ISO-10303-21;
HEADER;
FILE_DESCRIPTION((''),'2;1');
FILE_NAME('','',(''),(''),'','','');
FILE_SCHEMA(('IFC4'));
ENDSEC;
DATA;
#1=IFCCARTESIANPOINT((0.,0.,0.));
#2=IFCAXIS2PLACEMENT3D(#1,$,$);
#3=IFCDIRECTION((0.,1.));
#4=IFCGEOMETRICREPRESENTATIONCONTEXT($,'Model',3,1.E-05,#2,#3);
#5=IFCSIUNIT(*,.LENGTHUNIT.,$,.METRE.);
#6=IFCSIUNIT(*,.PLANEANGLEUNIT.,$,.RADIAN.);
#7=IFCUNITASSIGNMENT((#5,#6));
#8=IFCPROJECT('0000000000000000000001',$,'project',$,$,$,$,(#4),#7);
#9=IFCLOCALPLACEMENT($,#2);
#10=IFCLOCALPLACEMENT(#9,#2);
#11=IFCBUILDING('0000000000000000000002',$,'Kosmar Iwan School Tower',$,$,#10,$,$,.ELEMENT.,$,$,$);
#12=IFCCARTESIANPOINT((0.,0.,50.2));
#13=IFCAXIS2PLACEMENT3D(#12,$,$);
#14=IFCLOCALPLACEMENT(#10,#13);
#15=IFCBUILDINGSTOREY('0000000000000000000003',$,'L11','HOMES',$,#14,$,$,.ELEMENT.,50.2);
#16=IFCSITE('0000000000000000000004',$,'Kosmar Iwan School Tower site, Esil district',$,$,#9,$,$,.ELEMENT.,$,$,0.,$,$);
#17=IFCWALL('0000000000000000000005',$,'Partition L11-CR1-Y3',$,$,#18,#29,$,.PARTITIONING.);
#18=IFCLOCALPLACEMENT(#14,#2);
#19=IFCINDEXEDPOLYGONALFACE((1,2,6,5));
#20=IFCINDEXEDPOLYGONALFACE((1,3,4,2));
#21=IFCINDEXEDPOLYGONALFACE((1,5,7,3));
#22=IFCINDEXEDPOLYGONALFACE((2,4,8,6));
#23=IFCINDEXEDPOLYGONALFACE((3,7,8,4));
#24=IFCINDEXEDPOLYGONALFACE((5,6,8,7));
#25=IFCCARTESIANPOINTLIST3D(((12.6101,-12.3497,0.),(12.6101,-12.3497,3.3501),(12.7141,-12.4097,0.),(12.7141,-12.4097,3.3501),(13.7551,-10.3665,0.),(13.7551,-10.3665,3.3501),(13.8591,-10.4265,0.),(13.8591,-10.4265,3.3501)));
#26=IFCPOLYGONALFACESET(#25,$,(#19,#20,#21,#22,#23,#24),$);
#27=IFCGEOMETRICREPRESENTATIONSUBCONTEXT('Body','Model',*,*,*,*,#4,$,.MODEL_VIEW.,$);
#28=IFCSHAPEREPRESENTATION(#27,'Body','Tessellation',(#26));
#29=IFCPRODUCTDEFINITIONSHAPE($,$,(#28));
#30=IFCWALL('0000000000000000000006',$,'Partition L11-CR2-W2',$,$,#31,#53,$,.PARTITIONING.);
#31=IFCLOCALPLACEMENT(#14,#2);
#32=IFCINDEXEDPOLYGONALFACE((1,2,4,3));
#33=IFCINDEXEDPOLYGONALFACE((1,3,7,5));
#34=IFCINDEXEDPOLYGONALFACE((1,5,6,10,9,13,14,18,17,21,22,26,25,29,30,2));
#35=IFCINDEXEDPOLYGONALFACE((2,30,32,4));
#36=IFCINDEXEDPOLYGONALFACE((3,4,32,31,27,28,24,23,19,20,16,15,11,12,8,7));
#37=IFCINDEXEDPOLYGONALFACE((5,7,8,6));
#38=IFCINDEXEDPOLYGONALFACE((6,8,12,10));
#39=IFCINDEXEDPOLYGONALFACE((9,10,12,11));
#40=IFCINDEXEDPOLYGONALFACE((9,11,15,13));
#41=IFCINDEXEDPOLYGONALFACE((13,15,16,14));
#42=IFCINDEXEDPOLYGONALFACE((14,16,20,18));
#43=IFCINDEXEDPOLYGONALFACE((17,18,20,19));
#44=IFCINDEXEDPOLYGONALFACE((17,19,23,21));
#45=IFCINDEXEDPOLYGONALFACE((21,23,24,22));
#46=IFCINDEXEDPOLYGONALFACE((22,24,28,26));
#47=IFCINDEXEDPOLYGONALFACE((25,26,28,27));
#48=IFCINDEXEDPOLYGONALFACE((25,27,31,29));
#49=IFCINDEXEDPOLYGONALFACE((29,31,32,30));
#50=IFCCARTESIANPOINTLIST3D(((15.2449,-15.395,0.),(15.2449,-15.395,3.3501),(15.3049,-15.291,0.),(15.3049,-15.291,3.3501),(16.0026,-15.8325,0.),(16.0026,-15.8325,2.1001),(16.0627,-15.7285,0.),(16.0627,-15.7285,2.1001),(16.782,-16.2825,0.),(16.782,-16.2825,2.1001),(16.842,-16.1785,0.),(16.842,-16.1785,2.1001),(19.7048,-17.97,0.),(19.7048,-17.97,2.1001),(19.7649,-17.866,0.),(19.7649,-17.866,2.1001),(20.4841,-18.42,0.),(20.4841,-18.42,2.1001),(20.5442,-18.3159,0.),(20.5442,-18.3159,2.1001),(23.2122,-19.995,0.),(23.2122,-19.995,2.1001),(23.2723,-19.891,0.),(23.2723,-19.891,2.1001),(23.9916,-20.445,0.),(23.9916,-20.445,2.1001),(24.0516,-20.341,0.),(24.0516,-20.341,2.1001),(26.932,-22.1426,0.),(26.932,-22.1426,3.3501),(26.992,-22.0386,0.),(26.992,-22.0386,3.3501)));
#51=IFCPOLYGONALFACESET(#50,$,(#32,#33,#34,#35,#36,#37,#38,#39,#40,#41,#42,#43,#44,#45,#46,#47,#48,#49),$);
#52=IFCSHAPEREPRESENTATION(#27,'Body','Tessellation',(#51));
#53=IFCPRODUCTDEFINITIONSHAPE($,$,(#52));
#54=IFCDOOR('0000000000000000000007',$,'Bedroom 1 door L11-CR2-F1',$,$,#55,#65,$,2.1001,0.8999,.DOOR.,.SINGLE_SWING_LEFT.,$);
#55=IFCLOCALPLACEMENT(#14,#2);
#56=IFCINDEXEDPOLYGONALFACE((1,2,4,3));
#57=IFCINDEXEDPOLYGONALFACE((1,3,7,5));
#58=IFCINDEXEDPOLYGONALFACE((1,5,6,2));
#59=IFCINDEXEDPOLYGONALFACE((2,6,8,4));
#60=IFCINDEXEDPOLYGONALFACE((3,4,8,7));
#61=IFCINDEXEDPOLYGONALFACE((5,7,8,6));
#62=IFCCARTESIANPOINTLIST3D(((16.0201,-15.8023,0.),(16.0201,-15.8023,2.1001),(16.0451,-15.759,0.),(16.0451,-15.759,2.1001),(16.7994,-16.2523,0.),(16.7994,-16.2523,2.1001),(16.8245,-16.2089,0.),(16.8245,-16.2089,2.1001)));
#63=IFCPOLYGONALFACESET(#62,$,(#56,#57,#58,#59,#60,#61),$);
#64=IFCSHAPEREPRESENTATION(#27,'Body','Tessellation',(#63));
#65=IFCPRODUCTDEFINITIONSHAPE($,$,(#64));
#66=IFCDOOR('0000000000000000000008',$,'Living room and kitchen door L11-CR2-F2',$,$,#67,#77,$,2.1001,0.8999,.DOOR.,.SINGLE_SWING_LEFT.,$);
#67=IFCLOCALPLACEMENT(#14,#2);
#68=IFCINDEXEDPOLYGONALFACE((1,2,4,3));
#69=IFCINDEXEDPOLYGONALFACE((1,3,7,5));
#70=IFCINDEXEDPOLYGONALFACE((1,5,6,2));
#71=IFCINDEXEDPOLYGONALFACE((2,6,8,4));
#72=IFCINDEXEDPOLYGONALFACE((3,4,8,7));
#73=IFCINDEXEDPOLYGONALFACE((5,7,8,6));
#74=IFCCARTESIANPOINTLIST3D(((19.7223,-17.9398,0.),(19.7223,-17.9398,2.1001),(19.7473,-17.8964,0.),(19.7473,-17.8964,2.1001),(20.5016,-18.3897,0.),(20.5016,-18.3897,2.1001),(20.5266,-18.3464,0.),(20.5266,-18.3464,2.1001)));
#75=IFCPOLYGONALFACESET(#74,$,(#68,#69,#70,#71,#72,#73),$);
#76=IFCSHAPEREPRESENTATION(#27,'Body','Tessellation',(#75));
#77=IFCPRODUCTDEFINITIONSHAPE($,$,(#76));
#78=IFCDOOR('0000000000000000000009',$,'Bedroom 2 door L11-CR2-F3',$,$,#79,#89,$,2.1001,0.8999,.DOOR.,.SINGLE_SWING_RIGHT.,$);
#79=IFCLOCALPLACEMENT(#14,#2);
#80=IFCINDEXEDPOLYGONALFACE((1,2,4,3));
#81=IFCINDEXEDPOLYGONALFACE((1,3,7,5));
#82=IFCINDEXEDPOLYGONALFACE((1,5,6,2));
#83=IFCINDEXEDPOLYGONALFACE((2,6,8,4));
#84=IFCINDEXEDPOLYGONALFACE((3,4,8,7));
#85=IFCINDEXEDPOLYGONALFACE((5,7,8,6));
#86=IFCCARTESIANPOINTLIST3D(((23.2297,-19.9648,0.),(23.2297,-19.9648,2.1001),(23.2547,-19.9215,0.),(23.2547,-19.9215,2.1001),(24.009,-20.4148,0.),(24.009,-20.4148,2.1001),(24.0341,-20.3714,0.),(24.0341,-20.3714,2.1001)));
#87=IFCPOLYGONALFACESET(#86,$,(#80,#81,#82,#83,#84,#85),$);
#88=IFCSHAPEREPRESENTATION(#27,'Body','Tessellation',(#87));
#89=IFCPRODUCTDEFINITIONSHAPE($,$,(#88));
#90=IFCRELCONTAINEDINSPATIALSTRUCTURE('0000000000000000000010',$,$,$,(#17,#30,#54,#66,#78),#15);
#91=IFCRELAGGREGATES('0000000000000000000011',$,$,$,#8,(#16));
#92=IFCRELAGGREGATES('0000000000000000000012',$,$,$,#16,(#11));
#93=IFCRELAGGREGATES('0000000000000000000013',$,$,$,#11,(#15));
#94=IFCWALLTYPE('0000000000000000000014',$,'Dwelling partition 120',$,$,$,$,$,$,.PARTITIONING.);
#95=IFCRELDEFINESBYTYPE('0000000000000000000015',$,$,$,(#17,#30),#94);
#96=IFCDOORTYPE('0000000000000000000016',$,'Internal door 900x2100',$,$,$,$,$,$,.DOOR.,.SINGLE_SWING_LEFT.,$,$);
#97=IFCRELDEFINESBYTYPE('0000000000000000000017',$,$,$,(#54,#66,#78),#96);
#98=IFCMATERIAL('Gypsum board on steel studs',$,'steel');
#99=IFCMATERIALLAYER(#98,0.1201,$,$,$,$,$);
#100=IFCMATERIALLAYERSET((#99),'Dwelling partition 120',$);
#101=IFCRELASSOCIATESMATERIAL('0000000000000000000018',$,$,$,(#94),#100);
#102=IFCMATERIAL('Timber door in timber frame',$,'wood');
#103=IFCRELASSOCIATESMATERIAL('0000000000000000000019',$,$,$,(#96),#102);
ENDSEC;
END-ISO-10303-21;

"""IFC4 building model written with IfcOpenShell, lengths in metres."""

from ifc_helpers import new_model, si_unit, direction, frame, frame_2d, origin, place, context, subcontext, project, spatial, rectangle, extrude, material, layer, layer_set, type_object, element, fill, save


model = new_model("IFC4")

# Units and contexts
model_context = context("Model", 3, precision=1e-05, world=origin(), true_north=direction((0.0, 1.0)))
body_context = subcontext(model_context, "Body", "Model", "MODEL_VIEW")
ifc_project = project(units=[si_unit("LENGTHUNIT", "METRE"), si_unit("PLANEANGLEUNIT", "RADIAN")], contexts=[model_context])

# Site, building, storey
site_placement = place(None, origin())
site = spatial("IfcSite", under=ifc_project, at=site_placement, Name="Kosmar Iwan School Tower site, Esil district", CompositionType="ELEMENT", RefElevation=0.0)
building_placement = place(site_placement, origin())
building = spatial("IfcBuilding", under=site, at=building_placement, Name="Kosmar Iwan School Tower", CompositionType="ELEMENT")
storey_placement = place(building_placement, frame((0.0, 0.0, 50.2)))
storey = spatial("IfcBuildingStorey", under=building, at=storey_placement, Name="L11", Description="HOMES", CompositionType="ELEMENT", Elevation=50.2)

# Wall
ifc_material_1 = material(Name="Gypsum board on steel studs", Category="steel")
ifc_layer_1 = layer(ifc_material_1, 0.1201)
ifc_layer_set_1 = layer_set([ifc_layer_1], Name="Dwelling partition 120")
wall_type_1 = type_object("IfcWallType", Name="Dwelling partition 120", PredefinedType="PARTITIONING", material=ifc_layer_set_1)
for number, where, z_axis, x_axis, name in (
    (1, (13.8071, -10.3965, 0.0), (0.0, 0.0, 1.0), (-0.500015, -0.866017, 0.0), "Partition L11-CR1-Y3"),
):
    element("IfcWall", number, at=place(storey_placement, frame(where, z_axis=z_axis, x_axis=x_axis)), inside=storey, type_object=wall_type_1, Name=name, PredefinedType="PARTITIONING", context=body_context, shape_type="SweptSolid", body=[
        extrude(rectangle(XDim=2.29, YDim=0.1201, at=frame_2d((1.145, 0.0))), origin(), (0.0, 0.0, 1.0), 3.3501),
    ])

# Wall, openings, doors
wall_1_placement = place(storey_placement, frame((15.2749, -15.343, 0.0), z_axis=(0.0, 0.0, 1.0), x_axis=(0.866024, -0.500003, 0.0)))
wall_1 = element("IfcWall", 2, at=wall_1_placement, inside=storey, type_object=wall_type_1, Name="Partition L11-CR2-W2", PredefinedType="PARTITIONING", context=body_context, shape_type="SweptSolid", body=[
    extrude(rectangle(XDim=13.4951, YDim=0.1201, at=frame_2d((6.7476, 0.0))), origin(), (0.0, 0.0, 1.0), 3.3501),
])
opening_1_placement = place(wall_1_placement, frame((0.875, 0.0, 0.0)))
opening_1 = element("IfcOpeningElement", 3, at=opening_1_placement, cuts=wall_1, PredefinedType="OPENING", context=body_context, shape_type="SweptSolid", body=[
    extrude(rectangle(XDim=0.8999, YDim=2.1001, at=frame_2d((0.45, 1.05))), frame((0.0, 0.072, 0.0), z_axis=(0.0, -1.0, 0.0), x_axis=(1.0, 0.0, 0.0)), (0.0, 0.0, 1.0), 0.144),
])
opening_2_placement = place(wall_1_placement, frame((5.1499, 0.0, 0.0)))
opening_2 = element("IfcOpeningElement", 4, at=opening_2_placement, cuts=wall_1, PredefinedType="OPENING", context=body_context, shape_type="SweptSolid", body=[
    extrude(rectangle(XDim=0.8999, YDim=2.1001, at=frame_2d((0.45, 1.05))), frame((0.0, 0.072, 0.0), z_axis=(0.0, -1.0, 0.0), x_axis=(1.0, 0.0, 0.0)), (0.0, 0.0, 1.0), 0.144),
])
opening_3_placement = place(wall_1_placement, frame((9.2, 0.0, 0.0)))
opening_3 = element("IfcOpeningElement", 5, at=opening_3_placement, cuts=wall_1, PredefinedType="OPENING", context=body_context, shape_type="SweptSolid", body=[
    extrude(rectangle(XDim=0.8999, YDim=2.1001, at=frame_2d((0.45, 1.05))), frame((0.0, 0.072, 0.0), z_axis=(0.0, -1.0, 0.0), x_axis=(1.0, 0.0, 0.0)), (0.0, 0.0, 1.0), 0.144),
])
ifc_material_2 = material(Name="Timber door in timber frame", Category="wood")
door_type_1 = type_object("IfcDoorType", Name="Internal door 900x2100", OperationType="SINGLE_SWING_LEFT", PredefinedType="DOOR", material=ifc_material_2)
door_1_placement = place(opening_1_placement, origin())
door_1 = element("IfcDoor", 6, at=door_1_placement, inside=storey, type_object=door_type_1, Name="Bedroom 1 door L11-CR2-F1", OperationType="SINGLE_SWING_LEFT", OverallHeight=2.1001, OverallWidth=0.8999, PredefinedType="DOOR", context=body_context, shape_type="SweptSolid", body=[
    extrude(rectangle(XDim=0.8999, YDim=2.1001, at=frame_2d((0.45, 1.05))), frame((0.0, 0.0249, 0.0), z_axis=(0.0, -1.0, 0.0), x_axis=(1.0, 0.0, 0.0)), (0.0, 0.0, 1.0), 0.05),
])
fill(opening_1, door_1)
door_2_placement = place(opening_2_placement, origin())
door_2 = element("IfcDoor", 7, at=door_2_placement, inside=storey, type_object=door_type_1, Name="Living room and kitchen door L11-CR2-F2", OperationType="SINGLE_SWING_LEFT", OverallHeight=2.1001, OverallWidth=0.8999, PredefinedType="DOOR", context=body_context, shape_type="SweptSolid", body=[
    extrude(rectangle(XDim=0.8999, YDim=2.1001, at=frame_2d((0.45, 1.05))), frame((0.0, 0.0249, 0.0), z_axis=(0.0, -1.0, 0.0), x_axis=(1.0, 0.0, 0.0)), (0.0, 0.0, 1.0), 0.05),
])
fill(opening_2, door_2)
door_3_placement = place(opening_3_placement, origin())
door_3 = element("IfcDoor", 8, at=door_3_placement, inside=storey, type_object=door_type_1, Name="Bedroom 2 door L11-CR2-F3", OperationType="SINGLE_SWING_RIGHT", OverallHeight=2.1001, OverallWidth=0.8999, PredefinedType="DOOR", context=body_context, shape_type="SweptSolid", body=[
    extrude(rectangle(XDim=0.8999, YDim=2.1001, at=frame_2d((0.45, 1.05))), frame((0.0, 0.0249, 0.0), z_axis=(0.0, -1.0, 0.0), x_axis=(1.0, 0.0, 0.0)), (0.0, 0.0, 1.0), 0.05),
])
fill(opening_3, door_3)

save(model, "model.ifc")
